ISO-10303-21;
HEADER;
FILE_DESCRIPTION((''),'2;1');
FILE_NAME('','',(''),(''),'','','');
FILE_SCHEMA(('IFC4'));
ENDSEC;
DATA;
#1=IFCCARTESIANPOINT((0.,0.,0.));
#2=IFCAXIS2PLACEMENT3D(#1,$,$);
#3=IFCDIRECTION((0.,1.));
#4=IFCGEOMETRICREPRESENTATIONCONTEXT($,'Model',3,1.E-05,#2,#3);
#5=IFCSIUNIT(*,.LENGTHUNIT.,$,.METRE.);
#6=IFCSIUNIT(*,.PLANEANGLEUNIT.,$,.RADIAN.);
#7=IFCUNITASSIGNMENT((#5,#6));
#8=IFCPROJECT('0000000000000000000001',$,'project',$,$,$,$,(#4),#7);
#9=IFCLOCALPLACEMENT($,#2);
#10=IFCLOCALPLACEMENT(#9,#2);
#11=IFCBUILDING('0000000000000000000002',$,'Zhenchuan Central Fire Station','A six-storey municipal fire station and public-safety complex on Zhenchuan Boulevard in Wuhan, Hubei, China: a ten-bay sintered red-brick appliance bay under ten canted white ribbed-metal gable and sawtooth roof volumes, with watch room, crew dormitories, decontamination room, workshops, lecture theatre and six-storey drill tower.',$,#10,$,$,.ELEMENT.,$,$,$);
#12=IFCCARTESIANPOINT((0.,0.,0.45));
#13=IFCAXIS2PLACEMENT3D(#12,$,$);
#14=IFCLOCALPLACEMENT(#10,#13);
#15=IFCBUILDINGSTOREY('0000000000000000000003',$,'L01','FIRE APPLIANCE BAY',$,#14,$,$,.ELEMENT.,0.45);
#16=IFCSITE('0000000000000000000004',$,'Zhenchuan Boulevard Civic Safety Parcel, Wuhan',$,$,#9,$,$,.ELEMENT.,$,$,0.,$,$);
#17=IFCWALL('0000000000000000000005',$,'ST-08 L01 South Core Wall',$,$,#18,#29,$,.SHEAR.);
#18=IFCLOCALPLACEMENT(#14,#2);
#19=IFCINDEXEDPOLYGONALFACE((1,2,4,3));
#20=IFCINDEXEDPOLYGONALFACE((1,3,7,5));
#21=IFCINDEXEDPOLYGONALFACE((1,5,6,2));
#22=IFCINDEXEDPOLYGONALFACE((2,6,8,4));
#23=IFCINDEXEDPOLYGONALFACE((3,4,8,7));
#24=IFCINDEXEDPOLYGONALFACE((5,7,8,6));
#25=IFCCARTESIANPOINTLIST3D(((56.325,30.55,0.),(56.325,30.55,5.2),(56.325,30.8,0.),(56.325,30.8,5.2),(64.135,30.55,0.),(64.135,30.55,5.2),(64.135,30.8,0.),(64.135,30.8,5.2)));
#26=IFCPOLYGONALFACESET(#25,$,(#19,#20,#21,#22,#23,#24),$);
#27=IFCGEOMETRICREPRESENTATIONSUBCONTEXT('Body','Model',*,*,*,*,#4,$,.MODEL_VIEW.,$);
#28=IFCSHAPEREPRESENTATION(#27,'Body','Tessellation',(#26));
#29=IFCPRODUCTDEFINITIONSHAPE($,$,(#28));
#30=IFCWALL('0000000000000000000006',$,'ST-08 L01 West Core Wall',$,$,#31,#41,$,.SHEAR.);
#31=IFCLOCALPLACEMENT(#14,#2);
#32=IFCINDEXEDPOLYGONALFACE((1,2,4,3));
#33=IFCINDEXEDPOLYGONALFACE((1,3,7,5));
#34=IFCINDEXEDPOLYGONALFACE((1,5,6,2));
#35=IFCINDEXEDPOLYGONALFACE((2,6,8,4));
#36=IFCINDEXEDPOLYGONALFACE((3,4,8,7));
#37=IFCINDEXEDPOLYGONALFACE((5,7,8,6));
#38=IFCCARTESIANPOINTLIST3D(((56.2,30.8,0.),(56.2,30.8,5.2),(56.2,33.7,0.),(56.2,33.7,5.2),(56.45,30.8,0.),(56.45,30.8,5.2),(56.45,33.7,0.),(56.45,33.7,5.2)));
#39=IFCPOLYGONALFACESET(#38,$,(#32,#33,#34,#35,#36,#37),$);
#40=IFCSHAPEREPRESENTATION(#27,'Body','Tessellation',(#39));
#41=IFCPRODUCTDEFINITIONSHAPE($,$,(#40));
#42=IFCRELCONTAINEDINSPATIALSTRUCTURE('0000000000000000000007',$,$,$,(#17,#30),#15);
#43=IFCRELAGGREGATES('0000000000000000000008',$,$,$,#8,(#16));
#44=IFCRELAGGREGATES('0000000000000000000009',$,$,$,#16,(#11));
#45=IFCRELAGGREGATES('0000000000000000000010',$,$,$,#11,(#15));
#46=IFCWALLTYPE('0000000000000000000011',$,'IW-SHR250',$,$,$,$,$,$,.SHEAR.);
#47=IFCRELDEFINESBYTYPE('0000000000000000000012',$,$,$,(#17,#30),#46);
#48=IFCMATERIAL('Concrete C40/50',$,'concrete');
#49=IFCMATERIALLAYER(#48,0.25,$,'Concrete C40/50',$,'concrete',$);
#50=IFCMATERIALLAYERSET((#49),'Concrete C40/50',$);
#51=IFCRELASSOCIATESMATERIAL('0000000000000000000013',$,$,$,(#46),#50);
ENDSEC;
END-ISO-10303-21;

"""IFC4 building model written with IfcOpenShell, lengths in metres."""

from ifc_helpers import new_model, si_unit, direction, frame, frame_2d, origin, place, context, subcontext, project, spatial, rectangle, extrude, material, layer, layer_set, type_object, element, save


model = new_model("IFC4")

# Units and contexts
model_context = context("Model", 3, precision=1e-05, world=origin(), true_north=direction((0.0, 1.0)))
body_context = subcontext(model_context, "Body", "Model", "MODEL_VIEW")
ifc_project = project(units=[si_unit("LENGTHUNIT", "METRE"), si_unit("PLANEANGLEUNIT", "RADIAN")], contexts=[model_context])

# Site, building, storey
site_placement = place(None, origin())
site = spatial("IfcSite", under=ifc_project, at=site_placement, Name="Zhenchuan Boulevard Civic Safety Parcel, Wuhan", CompositionType="ELEMENT", RefElevation=0.0)
building_placement = place(site_placement, origin())
building = spatial("IfcBuilding", under=site, at=building_placement, Name="Zhenchuan Central Fire Station", Description="A six-storey municipal fire station and public-safety complex on Zhenchuan Boulevard in Wuhan, Hubei, China: a ten-bay sintered red-brick appliance bay under ten canted white ribbed-metal gable and sawtooth roof volumes, with watch room, crew dormitories, decontamination room, workshops, lecture theatre and six-storey drill tower.", CompositionType="ELEMENT")
storey_placement = place(building_placement, frame((0.0, 0.0, 0.45)))
storey = spatial("IfcBuildingStorey", under=building, at=storey_placement, Name="L01", Description="FIRE APPLIANCE BAY", CompositionType="ELEMENT", Elevation=0.45)

# Walls
ifc_material_1 = material(Name="Concrete C40/50", Category="concrete")
ifc_layer = layer(ifc_material_1, 0.25, Name="Concrete C40/50", Category="concrete")
ifc_layer_set = layer_set([ifc_layer], Name="Concrete C40/50")
wall_type = type_object("IfcWallType", Name="IW-SHR250", PredefinedType="SHEAR", material=ifc_layer_set)
wall_1_placement = place(storey_placement, frame((56.325, 30.675, 0.0), z_axis=(0.0, 0.0, 1.0), x_axis=(1.0, 0.0, 0.0)))
element("IfcWall", 1, at=wall_1_placement, inside=storey, type_object=wall_type, Name="ST-08 L01 South Core Wall", PredefinedType="SHEAR", context=body_context, shape_type="SweptSolid", body=[
    extrude(rectangle(XDim=7.8101, YDim=0.25, at=frame_2d((3.905, 0.0))), origin(), (0.0, 0.0, 1.0), 5.2),
])
wall_2_placement = place(storey_placement, frame((56.325, 30.8, 0.0), z_axis=(0.0, 0.0, 1.0), x_axis=(0.0, 1.0, 0.0)))
element("IfcWall", 2, at=wall_2_placement, inside=storey, type_object=wall_type, Name="ST-08 L01 West Core Wall", PredefinedType="SHEAR", context=body_context, shape_type="SweptSolid", body=[
    extrude(rectangle(XDim=2.8999, YDim=0.25, at=frame_2d((1.45, 0.0))), origin(), (0.0, 0.0, 1.0), 5.2),
])

save(model, "model.ifc")
